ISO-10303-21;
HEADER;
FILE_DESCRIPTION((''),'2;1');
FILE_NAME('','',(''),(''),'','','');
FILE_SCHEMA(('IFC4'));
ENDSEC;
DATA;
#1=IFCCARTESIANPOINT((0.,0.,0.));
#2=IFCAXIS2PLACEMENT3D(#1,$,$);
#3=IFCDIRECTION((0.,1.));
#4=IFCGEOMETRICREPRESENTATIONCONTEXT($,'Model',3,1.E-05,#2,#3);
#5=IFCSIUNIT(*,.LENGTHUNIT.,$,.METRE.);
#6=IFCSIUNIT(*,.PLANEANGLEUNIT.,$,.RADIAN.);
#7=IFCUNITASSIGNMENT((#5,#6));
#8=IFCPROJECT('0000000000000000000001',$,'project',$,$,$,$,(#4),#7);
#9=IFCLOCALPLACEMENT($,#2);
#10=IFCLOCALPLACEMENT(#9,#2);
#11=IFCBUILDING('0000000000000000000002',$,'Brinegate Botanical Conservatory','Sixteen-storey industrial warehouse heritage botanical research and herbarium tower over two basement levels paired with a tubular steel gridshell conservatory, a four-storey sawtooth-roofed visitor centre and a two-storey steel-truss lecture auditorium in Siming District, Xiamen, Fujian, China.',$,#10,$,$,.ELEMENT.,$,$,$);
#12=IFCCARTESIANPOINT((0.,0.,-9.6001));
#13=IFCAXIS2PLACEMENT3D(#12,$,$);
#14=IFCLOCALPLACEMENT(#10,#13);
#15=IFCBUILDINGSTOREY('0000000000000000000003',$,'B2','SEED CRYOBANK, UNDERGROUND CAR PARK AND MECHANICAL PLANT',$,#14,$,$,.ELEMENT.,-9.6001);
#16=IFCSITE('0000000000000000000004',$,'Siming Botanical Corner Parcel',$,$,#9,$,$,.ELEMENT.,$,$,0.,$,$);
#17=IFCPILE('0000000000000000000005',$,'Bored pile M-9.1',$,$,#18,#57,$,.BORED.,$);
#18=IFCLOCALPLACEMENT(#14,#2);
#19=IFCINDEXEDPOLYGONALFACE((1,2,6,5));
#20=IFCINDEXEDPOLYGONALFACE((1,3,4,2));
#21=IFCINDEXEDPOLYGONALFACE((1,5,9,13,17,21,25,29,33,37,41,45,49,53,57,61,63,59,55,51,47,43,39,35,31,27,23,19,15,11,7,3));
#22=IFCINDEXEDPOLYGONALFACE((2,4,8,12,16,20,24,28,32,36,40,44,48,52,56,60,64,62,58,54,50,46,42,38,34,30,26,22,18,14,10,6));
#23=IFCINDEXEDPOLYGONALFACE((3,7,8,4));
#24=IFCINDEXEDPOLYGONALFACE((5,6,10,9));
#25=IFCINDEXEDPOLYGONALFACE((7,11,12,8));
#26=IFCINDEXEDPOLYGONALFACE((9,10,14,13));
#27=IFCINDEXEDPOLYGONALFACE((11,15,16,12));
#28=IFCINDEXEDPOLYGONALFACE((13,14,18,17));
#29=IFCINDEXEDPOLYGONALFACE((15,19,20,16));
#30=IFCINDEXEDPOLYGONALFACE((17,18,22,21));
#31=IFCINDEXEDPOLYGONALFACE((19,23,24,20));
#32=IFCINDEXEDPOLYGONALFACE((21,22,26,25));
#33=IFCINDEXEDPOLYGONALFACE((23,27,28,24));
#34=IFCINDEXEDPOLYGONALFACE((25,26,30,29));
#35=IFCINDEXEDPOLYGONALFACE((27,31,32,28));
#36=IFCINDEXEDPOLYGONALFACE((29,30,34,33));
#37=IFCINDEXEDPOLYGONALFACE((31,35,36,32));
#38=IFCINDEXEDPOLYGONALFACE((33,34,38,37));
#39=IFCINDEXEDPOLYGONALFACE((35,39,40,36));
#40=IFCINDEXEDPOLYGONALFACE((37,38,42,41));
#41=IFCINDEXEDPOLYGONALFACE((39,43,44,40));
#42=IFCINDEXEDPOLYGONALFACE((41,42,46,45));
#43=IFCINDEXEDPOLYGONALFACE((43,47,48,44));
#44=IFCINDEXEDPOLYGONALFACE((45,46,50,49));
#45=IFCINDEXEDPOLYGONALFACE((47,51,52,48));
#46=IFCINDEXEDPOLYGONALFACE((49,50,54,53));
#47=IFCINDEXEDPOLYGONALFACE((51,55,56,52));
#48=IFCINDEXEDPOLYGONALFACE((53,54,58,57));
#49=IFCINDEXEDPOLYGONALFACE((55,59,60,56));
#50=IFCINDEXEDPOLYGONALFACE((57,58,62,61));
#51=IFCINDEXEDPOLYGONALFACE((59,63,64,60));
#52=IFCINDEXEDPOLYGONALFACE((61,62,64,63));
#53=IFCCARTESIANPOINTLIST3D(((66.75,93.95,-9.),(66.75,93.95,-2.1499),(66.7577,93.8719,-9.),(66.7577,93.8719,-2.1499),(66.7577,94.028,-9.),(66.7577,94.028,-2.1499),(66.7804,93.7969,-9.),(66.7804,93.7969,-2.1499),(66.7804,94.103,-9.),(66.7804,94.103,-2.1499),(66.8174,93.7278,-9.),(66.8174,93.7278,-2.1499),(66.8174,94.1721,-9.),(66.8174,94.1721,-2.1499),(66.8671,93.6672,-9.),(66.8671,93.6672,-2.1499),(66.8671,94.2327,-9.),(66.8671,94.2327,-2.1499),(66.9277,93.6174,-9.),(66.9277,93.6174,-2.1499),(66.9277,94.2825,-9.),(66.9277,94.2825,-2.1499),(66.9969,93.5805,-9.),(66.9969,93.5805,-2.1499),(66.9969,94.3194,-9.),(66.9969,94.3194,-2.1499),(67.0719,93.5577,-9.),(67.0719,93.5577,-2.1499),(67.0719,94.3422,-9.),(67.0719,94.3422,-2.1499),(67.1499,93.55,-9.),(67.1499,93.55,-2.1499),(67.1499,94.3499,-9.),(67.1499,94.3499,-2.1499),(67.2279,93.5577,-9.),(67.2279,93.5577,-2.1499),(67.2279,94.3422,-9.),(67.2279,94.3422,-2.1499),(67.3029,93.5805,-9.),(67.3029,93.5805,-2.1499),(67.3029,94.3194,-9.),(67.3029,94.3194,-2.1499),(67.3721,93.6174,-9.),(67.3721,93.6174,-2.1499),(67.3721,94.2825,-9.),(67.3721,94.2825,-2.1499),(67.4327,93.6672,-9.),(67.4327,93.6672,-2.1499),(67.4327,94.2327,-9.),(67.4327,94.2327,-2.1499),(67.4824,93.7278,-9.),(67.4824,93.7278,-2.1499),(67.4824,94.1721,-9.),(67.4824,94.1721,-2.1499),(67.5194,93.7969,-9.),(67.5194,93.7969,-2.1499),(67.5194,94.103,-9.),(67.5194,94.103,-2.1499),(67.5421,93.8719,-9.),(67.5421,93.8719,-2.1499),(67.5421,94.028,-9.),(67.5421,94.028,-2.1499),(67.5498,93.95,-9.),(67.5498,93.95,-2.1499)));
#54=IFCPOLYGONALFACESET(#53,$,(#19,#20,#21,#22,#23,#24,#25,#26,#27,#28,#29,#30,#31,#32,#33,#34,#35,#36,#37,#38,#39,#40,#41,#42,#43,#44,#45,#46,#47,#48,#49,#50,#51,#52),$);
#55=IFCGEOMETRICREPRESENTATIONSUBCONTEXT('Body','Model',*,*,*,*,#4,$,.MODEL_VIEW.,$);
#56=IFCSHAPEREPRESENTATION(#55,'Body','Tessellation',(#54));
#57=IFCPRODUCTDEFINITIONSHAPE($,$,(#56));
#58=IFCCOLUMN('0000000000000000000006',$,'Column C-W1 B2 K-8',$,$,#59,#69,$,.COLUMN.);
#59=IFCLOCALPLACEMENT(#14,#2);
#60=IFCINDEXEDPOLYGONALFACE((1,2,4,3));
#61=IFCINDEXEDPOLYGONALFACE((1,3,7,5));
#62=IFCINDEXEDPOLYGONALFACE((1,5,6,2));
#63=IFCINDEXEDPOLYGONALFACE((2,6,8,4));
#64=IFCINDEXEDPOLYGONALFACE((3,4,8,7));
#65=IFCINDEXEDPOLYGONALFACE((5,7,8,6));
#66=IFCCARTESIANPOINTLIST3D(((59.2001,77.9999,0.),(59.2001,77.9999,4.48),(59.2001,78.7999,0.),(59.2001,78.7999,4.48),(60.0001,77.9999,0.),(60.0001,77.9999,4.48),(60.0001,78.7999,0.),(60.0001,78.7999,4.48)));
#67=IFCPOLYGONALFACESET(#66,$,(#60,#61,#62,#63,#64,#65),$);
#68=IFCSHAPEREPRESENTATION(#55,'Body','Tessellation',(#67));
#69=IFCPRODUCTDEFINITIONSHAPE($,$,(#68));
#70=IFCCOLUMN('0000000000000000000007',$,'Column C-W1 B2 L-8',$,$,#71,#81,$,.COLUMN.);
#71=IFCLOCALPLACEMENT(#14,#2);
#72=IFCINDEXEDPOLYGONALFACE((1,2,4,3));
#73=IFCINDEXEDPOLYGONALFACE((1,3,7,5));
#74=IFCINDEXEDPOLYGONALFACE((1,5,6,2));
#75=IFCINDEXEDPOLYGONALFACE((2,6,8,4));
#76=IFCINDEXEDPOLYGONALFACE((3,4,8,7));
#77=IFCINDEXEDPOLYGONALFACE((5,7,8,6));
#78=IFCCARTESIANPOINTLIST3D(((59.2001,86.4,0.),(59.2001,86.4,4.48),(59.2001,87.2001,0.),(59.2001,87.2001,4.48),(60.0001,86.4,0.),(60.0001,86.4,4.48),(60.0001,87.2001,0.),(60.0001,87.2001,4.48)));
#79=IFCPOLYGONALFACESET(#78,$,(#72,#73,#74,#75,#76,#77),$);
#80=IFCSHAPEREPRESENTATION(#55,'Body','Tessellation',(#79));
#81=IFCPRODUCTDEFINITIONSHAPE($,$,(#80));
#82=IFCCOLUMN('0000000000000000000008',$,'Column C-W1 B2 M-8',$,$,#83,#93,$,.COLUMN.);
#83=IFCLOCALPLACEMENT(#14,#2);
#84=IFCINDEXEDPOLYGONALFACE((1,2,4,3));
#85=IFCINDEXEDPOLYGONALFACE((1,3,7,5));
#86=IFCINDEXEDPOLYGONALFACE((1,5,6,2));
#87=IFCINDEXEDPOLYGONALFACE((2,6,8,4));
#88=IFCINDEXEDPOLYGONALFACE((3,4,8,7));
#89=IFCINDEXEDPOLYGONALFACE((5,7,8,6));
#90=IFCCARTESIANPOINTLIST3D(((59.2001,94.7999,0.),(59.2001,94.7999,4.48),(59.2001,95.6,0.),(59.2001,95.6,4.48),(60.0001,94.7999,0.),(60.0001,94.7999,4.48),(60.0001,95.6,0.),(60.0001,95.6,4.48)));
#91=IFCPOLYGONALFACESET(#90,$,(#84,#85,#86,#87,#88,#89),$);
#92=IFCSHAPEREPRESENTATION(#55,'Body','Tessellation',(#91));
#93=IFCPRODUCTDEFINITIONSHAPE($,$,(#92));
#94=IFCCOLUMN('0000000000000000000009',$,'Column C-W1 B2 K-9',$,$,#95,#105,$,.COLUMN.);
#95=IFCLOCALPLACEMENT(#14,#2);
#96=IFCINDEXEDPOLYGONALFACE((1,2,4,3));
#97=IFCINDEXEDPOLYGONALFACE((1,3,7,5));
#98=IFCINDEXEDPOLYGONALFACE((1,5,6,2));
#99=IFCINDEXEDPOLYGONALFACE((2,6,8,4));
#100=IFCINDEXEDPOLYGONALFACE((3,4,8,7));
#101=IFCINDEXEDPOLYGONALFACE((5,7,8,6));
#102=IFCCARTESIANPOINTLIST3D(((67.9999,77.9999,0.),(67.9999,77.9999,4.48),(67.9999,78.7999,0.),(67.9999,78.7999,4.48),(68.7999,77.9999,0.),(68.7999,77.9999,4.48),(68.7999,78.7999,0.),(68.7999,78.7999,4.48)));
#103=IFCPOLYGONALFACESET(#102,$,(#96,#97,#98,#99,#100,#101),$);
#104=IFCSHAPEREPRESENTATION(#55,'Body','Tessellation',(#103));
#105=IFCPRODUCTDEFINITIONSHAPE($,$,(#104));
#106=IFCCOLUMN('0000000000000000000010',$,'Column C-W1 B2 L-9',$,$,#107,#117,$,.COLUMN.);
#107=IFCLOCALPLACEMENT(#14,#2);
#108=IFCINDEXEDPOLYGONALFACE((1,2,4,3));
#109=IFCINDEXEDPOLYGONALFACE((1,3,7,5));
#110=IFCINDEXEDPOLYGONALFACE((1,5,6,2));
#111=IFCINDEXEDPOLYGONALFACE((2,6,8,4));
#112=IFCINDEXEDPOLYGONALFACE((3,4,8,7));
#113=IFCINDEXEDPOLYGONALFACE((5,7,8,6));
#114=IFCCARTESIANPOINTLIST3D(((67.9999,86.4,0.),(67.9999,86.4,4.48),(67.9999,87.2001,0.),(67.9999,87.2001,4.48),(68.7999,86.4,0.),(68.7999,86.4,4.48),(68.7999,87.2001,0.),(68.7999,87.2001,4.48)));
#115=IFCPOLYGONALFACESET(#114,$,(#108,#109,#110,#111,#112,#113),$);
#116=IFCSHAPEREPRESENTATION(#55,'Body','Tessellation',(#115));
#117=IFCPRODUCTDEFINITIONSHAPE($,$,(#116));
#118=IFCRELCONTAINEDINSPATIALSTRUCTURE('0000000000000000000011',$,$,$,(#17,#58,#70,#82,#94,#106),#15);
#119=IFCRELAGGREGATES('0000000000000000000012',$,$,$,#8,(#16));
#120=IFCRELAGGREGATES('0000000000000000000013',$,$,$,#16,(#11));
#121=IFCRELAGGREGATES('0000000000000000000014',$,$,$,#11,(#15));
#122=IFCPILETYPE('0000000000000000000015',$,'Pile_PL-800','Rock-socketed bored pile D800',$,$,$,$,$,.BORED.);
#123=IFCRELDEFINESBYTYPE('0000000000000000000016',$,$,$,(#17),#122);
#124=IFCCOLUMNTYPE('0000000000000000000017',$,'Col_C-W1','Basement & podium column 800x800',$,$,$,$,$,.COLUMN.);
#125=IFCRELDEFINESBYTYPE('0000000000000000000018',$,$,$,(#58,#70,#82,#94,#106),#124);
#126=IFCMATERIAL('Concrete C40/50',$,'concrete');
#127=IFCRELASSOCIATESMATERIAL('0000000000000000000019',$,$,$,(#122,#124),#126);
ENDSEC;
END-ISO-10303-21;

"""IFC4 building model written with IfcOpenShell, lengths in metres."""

from ifc_helpers import new_model, si_unit, direction, frame, origin, origin_2d, place, context, subcontext, project, spatial, rectangle, circle, extrude, material, material_profile, profile_set, type_object, element, save


model = new_model("IFC4")

# Units and contexts
model_context = context("Model", 3, precision=1e-05, world=origin(), true_north=direction((0.0, 1.0)))
body_context = subcontext(model_context, "Body", "Model", "MODEL_VIEW")
ifc_project = project(units=[si_unit("LENGTHUNIT", "METRE"), si_unit("PLANEANGLEUNIT", "RADIAN")], contexts=[model_context])

# Site, building, storey
site_placement = place(None, origin())
site = spatial("IfcSite", under=ifc_project, at=site_placement, Name="Siming Botanical Corner Parcel", CompositionType="ELEMENT", RefElevation=0.0)
building_placement = place(site_placement, origin())
building = spatial("IfcBuilding", under=site, at=building_placement, Name="Brinegate Botanical Conservatory", Description="Sixteen-storey industrial warehouse heritage botanical research and herbarium tower over two basement levels paired with a tubular steel gridshell conservatory, a four-storey sawtooth-roofed visitor centre and a two-storey steel-truss lecture auditorium in Siming District, Xiamen, Fujian, China.", CompositionType="ELEMENT")
storey_placement = place(building_placement, frame((0.0, 0.0, -9.6001)))
storey = spatial("IfcBuildingStorey", under=building, at=storey_placement, Name="B2", Description="SEED CRYOBANK, UNDERGROUND CAR PARK AND MECHANICAL PLANT", CompositionType="ELEMENT", Elevation=-9.6001)

# Shared definitions
ifc_material = material(Name="Concrete C40/50", Category="concrete")

# Pile
ifc_material_profile_1 = material_profile(ifc_material, circle(Radius=0.3999, at=origin_2d()), Name="PILE D800")
ifc_profile_set_1 = profile_set([ifc_material_profile_1], Name="Concrete C40/50")
pile_type = type_object("IfcPileType", Name="Pile_PL-800", Description="Rock-socketed bored pile D800", PredefinedType="BORED", material=ifc_profile_set_1)
for number, where, z_axis, x_axis, name in (
    (1, (67.1499, 93.95, -2.1499), (0.0, 0.0, -1.0), (1.0, 0.0, 0.0), "Bored pile M-9.1"),
):
    element("IfcPile", number, at=place(storey_placement, frame(where, z_axis=z_axis, x_axis=x_axis)), inside=storey, type_object=pile_type, Name=name, PredefinedType="BORED", context=body_context, shape_type="SweptSolid", body=[
        extrude(circle(Radius=0.3999, at=origin_2d()), origin(), (0.0, 0.0, 1.0), 6.8501),
    ])

# Columns
ifc_material_profile_2 = material_profile(ifc_material, rectangle(XDim=0.8, YDim=0.8, at=origin_2d()), Name="RC COL 800x800")
ifc_profile_set_2 = profile_set([ifc_material_profile_2], Name="Concrete C40/50")
column_type = type_object("IfcColumnType", Name="Col_C-W1", Description="Basement & podium column 800x800", PredefinedType="COLUMN", material=ifc_profile_set_2)
for number, where, z_axis, x_axis, name in (
    (2, (59.6001, 78.3999, 0.0), (0.0, 0.0, 1.0), (1.0, 0.0, 0.0), "Column C-W1 B2 K-8"),
    (3, (59.6001, 86.8, 0.0), (0.0, 0.0, 1.0), (1.0, 0.0, 0.0), "Column C-W1 B2 L-8"),
    (4, (59.6001, 95.2, 0.0), (0.0, 0.0, 1.0), (1.0, 0.0, 0.0), "Column C-W1 B2 M-8"),
    (5, (68.3999, 78.3999, 0.0), (0.0, 0.0, 1.0), (1.0, 0.0, 0.0), "Column C-W1 B2 K-9"),
    (6, (68.3999, 86.8, 0.0), (0.0, 0.0, 1.0), (1.0, 0.0, 0.0), "Column C-W1 B2 L-9"),
):
    element("IfcColumn", number, at=place(storey_placement, frame(where, z_axis=z_axis, x_axis=x_axis)), inside=storey, type_object=column_type, Name=name, PredefinedType="COLUMN", context=body_context, shape_type="SweptSolid", body=[
        extrude(rectangle(XDim=0.8, YDim=0.8, at=origin_2d()), origin(), (0.0, 0.0, 1.0), 4.48),
    ])

save(model, "model.ifc")
